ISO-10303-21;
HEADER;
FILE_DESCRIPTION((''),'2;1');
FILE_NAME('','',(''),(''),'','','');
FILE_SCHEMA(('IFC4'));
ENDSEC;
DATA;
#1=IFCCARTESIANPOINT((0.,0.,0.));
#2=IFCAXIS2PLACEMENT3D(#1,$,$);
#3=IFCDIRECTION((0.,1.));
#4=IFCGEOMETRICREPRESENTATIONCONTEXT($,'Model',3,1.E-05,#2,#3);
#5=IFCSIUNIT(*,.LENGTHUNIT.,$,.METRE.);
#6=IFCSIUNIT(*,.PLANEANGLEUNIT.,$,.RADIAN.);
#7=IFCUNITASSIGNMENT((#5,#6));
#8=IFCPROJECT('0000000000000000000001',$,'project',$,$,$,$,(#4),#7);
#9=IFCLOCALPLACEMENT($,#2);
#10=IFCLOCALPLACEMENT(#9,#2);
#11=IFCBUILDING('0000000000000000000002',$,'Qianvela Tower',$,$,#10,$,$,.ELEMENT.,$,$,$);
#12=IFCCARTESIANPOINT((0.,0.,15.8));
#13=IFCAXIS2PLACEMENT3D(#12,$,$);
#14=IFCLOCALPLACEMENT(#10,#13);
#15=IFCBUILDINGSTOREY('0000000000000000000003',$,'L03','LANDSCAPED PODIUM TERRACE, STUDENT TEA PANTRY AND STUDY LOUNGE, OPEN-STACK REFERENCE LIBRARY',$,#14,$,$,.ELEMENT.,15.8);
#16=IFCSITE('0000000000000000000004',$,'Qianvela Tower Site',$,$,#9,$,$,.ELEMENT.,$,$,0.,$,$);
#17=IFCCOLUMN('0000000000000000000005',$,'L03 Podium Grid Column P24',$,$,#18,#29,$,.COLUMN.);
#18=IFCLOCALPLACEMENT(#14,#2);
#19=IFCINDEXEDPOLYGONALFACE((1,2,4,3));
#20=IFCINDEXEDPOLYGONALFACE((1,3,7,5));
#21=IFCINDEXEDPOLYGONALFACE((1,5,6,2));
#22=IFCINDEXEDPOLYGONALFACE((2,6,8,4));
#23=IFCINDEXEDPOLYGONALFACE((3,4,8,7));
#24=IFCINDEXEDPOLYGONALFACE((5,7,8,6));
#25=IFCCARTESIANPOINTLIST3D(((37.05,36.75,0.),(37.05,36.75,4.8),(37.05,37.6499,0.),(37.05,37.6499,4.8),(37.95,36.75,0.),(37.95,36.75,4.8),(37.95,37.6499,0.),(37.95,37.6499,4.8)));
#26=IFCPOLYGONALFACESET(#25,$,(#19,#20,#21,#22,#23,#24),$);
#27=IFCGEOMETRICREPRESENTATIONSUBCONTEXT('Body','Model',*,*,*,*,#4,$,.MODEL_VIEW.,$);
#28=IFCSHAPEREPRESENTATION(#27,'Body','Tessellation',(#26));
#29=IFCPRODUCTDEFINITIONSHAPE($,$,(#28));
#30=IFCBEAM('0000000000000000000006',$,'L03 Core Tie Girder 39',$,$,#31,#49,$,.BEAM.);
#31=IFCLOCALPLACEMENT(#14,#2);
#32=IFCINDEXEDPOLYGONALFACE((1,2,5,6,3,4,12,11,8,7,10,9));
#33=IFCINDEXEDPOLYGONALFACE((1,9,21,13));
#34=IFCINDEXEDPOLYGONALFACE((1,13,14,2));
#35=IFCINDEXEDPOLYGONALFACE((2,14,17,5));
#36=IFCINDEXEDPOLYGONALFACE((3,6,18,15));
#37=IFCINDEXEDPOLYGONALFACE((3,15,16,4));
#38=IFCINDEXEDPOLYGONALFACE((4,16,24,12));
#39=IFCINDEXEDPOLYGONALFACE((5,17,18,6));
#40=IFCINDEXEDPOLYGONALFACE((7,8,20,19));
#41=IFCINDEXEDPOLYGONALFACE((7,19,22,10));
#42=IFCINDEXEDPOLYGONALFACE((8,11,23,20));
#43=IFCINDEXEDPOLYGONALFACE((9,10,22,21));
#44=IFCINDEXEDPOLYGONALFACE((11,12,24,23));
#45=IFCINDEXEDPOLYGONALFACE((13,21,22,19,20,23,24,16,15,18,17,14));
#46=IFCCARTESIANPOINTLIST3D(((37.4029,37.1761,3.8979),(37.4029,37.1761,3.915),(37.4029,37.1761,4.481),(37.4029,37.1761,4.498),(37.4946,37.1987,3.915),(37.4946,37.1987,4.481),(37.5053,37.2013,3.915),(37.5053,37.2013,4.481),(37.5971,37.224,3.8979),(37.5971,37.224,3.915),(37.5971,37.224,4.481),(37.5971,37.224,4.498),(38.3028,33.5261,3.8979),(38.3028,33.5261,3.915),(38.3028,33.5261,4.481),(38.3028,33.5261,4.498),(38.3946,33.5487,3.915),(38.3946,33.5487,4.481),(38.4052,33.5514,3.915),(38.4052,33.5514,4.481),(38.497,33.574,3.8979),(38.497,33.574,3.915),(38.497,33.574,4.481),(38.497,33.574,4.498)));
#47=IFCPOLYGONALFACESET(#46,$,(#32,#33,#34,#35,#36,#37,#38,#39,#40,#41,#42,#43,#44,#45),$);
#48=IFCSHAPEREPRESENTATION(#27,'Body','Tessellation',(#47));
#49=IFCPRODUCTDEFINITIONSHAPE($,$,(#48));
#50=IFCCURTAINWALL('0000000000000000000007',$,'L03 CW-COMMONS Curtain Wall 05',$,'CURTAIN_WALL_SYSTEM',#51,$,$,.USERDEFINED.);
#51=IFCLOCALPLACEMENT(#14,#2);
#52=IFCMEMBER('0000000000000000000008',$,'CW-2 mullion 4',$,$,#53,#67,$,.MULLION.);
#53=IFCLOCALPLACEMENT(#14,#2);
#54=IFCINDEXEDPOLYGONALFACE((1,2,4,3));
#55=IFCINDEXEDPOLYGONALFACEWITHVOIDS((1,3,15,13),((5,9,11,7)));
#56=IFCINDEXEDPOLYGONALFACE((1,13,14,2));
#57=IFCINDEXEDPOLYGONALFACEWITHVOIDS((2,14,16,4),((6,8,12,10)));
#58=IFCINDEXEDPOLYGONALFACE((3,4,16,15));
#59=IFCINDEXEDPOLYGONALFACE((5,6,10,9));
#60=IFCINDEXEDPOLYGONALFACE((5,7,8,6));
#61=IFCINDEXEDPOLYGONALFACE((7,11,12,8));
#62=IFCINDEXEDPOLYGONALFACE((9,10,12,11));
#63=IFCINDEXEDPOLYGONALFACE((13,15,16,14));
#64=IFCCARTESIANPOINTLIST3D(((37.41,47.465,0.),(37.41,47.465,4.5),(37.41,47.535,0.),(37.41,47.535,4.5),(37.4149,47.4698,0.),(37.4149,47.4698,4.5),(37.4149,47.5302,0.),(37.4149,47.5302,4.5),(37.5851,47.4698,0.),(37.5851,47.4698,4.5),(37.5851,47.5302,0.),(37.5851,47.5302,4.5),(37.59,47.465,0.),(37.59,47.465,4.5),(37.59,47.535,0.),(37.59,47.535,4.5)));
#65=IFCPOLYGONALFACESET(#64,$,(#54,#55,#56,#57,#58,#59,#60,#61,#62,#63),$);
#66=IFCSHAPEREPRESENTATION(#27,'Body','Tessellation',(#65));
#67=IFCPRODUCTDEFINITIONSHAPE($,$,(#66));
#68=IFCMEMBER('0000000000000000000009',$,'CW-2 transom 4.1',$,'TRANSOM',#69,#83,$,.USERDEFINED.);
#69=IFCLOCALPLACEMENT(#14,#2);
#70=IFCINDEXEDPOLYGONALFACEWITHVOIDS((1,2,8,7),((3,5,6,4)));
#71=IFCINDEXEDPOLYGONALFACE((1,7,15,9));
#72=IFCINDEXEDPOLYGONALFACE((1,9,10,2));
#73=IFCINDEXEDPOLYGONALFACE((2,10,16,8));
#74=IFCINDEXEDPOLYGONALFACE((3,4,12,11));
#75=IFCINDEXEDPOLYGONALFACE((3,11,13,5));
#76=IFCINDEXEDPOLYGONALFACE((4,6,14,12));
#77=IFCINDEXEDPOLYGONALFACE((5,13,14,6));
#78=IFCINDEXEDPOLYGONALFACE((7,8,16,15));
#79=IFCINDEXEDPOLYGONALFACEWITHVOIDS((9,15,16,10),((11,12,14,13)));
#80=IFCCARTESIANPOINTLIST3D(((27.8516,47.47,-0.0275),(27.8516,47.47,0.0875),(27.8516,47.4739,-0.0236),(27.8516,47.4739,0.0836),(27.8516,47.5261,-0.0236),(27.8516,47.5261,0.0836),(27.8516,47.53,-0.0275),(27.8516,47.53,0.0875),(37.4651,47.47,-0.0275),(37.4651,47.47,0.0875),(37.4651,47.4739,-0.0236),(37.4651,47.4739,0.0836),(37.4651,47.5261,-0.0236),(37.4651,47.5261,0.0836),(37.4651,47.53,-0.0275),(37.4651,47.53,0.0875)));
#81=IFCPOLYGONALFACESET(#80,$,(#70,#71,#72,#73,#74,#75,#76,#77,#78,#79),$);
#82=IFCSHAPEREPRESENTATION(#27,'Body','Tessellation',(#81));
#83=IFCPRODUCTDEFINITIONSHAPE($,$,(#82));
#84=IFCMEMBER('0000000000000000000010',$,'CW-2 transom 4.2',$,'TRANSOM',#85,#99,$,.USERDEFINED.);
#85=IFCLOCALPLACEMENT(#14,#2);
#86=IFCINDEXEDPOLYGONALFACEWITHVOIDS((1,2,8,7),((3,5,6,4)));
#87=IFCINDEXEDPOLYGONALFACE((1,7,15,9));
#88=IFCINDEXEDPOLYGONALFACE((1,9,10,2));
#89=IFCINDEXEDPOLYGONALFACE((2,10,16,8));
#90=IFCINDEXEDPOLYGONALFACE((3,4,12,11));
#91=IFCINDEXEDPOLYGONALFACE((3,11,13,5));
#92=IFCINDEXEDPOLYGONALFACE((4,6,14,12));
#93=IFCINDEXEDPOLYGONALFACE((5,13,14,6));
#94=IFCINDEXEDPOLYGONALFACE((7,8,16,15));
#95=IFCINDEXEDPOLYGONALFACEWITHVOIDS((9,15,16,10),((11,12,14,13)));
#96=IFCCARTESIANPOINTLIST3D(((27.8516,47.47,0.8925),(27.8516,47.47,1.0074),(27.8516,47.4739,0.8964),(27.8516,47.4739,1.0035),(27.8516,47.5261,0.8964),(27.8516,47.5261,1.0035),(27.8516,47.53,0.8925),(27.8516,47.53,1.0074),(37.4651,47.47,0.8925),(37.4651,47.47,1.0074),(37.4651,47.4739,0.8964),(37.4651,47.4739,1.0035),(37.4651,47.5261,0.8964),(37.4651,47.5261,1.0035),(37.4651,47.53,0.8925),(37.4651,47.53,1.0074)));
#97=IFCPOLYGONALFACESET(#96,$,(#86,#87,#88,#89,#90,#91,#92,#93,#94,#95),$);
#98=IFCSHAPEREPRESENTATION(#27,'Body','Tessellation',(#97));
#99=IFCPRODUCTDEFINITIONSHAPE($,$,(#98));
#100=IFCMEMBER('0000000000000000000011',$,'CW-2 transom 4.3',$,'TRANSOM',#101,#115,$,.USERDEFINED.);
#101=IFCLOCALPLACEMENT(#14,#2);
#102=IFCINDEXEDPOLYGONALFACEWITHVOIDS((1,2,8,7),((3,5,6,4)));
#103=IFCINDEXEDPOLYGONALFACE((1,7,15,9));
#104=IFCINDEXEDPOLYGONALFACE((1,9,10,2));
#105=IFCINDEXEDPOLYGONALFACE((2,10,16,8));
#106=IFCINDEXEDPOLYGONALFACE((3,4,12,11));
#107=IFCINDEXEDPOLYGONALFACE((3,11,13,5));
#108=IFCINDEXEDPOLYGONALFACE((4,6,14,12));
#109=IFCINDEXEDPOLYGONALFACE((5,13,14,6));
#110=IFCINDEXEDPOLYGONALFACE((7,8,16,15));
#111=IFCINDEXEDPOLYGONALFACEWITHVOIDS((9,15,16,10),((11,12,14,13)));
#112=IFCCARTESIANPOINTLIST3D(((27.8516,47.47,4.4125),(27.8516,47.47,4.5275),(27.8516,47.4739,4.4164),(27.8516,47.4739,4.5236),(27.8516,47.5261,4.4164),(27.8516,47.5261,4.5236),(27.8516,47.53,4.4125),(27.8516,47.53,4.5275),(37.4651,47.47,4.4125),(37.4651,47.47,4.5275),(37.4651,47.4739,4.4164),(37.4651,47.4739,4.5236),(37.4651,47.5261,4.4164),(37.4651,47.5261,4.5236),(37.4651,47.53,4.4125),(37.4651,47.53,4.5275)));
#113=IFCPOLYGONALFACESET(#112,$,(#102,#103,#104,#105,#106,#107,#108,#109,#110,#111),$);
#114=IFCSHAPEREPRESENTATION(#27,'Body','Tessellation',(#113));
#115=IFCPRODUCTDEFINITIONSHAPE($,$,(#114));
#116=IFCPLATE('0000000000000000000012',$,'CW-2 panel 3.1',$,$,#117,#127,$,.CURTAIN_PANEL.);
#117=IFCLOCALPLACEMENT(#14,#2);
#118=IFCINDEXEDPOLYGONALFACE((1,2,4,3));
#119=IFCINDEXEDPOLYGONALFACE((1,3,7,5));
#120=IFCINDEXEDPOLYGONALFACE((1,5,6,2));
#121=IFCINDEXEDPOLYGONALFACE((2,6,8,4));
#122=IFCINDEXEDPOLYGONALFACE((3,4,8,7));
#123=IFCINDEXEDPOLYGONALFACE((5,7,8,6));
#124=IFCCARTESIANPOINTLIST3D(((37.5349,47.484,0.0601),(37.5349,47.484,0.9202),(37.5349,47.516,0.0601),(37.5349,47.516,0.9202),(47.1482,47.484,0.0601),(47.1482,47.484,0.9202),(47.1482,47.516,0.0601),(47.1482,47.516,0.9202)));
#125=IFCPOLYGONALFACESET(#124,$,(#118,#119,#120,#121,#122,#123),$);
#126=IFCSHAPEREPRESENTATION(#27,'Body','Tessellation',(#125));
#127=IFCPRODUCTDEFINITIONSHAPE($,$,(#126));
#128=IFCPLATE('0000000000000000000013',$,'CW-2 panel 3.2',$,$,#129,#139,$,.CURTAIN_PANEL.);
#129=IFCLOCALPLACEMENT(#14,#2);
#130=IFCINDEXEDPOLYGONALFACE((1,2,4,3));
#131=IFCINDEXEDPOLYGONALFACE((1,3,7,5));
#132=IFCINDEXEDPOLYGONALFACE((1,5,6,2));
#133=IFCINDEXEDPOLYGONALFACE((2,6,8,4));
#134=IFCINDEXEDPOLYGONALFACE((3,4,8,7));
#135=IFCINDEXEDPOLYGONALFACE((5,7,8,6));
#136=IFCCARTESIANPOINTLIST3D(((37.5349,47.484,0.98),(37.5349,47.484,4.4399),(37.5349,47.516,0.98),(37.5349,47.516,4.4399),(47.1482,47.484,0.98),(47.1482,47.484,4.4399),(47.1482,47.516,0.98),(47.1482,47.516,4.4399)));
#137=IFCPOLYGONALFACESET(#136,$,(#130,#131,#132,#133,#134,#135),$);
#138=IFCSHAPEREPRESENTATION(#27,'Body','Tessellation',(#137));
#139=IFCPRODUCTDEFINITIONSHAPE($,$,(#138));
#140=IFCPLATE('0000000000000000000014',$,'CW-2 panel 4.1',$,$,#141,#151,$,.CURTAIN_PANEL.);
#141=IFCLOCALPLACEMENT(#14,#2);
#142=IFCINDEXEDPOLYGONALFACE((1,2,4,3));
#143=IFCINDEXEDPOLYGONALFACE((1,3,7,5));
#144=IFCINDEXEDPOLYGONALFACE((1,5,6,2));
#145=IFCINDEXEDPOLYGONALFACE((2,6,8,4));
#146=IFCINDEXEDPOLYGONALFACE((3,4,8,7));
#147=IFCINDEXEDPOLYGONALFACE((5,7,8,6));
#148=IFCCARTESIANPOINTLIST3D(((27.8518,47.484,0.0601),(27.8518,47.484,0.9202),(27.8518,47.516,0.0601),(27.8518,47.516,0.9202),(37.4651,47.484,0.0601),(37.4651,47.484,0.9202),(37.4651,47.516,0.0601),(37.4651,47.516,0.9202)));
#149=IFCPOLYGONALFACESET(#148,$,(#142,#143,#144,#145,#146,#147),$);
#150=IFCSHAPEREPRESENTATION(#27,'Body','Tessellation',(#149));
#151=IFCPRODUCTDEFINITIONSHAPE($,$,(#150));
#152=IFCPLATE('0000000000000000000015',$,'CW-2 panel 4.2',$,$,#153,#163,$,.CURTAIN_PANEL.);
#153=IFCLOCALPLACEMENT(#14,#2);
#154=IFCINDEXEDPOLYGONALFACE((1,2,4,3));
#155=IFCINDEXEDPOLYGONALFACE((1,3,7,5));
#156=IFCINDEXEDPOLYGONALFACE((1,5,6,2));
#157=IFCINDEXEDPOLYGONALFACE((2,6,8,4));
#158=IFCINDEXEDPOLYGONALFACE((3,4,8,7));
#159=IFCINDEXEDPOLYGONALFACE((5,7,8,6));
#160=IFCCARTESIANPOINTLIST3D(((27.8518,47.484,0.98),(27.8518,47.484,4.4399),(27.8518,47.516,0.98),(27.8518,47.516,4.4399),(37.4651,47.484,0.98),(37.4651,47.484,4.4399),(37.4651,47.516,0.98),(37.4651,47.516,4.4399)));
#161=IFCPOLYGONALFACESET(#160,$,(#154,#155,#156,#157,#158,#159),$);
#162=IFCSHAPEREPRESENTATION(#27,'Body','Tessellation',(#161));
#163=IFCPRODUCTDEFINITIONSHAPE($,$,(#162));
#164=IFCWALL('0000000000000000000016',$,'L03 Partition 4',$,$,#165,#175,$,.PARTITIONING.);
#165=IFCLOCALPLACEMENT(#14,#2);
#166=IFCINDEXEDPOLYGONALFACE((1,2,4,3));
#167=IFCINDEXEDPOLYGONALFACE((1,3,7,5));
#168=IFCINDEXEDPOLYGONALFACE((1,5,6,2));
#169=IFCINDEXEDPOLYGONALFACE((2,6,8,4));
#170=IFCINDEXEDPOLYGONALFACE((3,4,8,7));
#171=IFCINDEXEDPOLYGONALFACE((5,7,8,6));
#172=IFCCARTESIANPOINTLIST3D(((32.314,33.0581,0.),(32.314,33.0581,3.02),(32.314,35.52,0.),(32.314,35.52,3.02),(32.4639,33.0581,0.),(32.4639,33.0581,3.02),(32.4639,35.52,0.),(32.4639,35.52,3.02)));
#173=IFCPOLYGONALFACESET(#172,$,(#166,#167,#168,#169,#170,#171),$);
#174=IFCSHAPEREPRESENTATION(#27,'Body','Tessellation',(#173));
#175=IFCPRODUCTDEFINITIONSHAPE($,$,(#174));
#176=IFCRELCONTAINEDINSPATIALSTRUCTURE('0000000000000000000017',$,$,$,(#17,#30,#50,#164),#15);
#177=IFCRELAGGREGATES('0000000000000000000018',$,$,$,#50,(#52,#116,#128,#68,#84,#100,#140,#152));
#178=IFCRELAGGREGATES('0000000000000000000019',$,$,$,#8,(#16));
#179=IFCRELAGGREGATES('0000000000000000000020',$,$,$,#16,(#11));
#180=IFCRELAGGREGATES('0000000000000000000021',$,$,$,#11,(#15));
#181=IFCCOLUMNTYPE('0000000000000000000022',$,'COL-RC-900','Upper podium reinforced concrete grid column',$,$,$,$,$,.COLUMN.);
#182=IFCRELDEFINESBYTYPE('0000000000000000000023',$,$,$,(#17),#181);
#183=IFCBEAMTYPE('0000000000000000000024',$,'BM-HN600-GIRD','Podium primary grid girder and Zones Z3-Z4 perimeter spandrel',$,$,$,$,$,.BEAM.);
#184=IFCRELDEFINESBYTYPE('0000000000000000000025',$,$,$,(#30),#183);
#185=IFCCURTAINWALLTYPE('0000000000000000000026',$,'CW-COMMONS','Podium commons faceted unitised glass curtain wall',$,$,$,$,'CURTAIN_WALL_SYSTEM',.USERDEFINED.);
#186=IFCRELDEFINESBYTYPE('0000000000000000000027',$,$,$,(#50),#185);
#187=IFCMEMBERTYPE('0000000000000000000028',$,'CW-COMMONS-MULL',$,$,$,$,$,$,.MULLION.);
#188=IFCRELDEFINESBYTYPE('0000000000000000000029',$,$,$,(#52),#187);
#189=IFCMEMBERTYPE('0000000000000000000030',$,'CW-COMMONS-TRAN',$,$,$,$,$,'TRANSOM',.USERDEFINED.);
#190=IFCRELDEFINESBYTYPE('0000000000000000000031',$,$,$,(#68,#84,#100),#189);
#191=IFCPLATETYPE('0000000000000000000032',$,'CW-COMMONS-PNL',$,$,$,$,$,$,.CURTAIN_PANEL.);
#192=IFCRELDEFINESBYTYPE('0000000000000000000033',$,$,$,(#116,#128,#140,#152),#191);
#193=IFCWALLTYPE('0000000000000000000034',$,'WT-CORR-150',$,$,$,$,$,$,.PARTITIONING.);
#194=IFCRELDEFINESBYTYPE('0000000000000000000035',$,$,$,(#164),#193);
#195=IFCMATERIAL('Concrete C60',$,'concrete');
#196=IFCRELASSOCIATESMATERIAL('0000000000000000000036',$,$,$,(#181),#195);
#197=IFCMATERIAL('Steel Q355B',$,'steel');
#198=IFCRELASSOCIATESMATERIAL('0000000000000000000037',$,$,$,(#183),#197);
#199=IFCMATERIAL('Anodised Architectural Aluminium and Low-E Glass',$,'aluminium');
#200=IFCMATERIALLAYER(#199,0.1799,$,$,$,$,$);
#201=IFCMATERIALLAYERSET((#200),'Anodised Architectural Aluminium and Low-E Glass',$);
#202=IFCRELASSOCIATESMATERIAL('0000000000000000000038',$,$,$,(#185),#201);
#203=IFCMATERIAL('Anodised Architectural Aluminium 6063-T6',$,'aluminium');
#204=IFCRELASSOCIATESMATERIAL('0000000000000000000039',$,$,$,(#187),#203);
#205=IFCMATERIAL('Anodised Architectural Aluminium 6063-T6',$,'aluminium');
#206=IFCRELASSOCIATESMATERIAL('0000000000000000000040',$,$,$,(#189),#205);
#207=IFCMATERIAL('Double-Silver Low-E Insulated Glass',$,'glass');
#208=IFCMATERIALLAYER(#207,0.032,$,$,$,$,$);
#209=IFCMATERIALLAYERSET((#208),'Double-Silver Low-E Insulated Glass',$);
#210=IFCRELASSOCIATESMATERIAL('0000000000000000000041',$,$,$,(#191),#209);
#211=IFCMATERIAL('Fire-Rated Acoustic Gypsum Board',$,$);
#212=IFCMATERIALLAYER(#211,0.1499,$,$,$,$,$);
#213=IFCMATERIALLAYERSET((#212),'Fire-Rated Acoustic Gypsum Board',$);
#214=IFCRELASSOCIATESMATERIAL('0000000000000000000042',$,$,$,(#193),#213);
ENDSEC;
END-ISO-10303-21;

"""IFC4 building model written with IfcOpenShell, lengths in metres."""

from ifc_helpers import new_model, si_unit, direction, frame, frame_2d, origin, origin_2d, place, context, subcontext, project, spatial, rectangle, hollow_rectangle, i_section, extrude, material, layer, layer_set, material_profile, profile_set, type_object, element, aggregate, save


model = new_model("IFC4")

# Units and contexts
model_context = context("Model", 3, precision=1e-05, world=origin(), true_north=direction((0.0, 1.0)))
body_context = subcontext(model_context, "Body", "Model", "MODEL_VIEW")
ifc_project = project(units=[si_unit("LENGTHUNIT", "METRE"), si_unit("PLANEANGLEUNIT", "RADIAN")], contexts=[model_context])

# Site, building, storey
site_placement = place(None, origin())
site = spatial("IfcSite", under=ifc_project, at=site_placement, Name="Qianvela Tower Site", CompositionType="ELEMENT", RefElevation=0.0)
building_placement = place(site_placement, origin())
building = spatial("IfcBuilding", under=site, at=building_placement, Name="Qianvela Tower", CompositionType="ELEMENT")
storey_placement = place(building_placement, frame((0.0, 0.0, 15.8)))
storey = spatial("IfcBuildingStorey", under=building, at=storey_placement, Name="L03", Description="LANDSCAPED PODIUM TERRACE, STUDENT TEA PANTRY AND STUDY LOUNGE, OPEN-STACK REFERENCE LIBRARY", CompositionType="ELEMENT", Elevation=15.8)

# Column
ifc_material_1 = material(Name="Concrete C60", Category="concrete")
ifc_material_profile_1 = material_profile(ifc_material_1, rectangle(XDim=0.8999, YDim=0.8999, at=origin_2d()), Name="RC-COL-900x900")
ifc_profile_set_1 = profile_set([ifc_material_profile_1], Name="Concrete C60")
column_type_1 = type_object("IfcColumnType", Name="COL-RC-900", Description="Upper podium reinforced concrete grid column", PredefinedType="COLUMN", material=ifc_profile_set_1)
for number, where, z_axis, x_axis, name in (
    (1, (37.5, 37.2, 0.0), (0.0, 0.0, 1.0), (1.0, 0.0, 0.0), "L03 Podium Grid Column P24"),
):
    element("IfcColumn", number, at=place(storey_placement, frame(where, z_axis=z_axis, x_axis=x_axis)), inside=storey, type_object=column_type_1, Name=name, PredefinedType="COLUMN", context=body_context, shape_type="SweptSolid", body=[
        extrude(rectangle(XDim=0.8999, YDim=0.8999, at=origin_2d()), origin(), (0.0, 0.0, 1.0), 4.8),
    ])

# Beam
ifc_material_2 = material(Name="Steel Q355B", Category="steel")
ifc_material_profile_2 = material_profile(ifc_material_2, i_section(OverallWidth=0.2, OverallDepth=0.6001, WebThickness=0.011, FlangeThickness=0.0171, at=origin_2d()), Name="HN600x200x11x17")
ifc_profile_set_2 = profile_set([ifc_material_profile_2], Name="Steel Q355B")
beam_type = type_object("IfcBeamType", Name="BM-HN600-GIRD", Description="Podium primary grid girder and Zones Z3-Z4 perimeter spandrel", PredefinedType="BEAM", material=ifc_profile_set_2)
beam_placement = place(storey_placement, frame((38.3999, 33.55, 4.198), z_axis=(-0.239386, 0.970924, 0.0), x_axis=(-0.970924, -0.239386, 0.0)))
element("IfcBeam", 2, at=beam_placement, inside=storey, type_object=beam_type, Name="L03 Core Tie Girder 39", PredefinedType="BEAM", context=body_context, shape_type="SweptSolid", body=[
    extrude(i_section(OverallWidth=0.2, OverallDepth=0.6001, WebThickness=0.011, FlangeThickness=0.0171, at=origin_2d()), origin(), (0.0, 0.0, 1.0), 3.7593),
])

# Curtain wall, members, plates
ifc_material_3 = material(Name="Anodised Architectural Aluminium and Low-E Glass", Category="aluminium")
ifc_layer_1 = layer(ifc_material_3, 0.1799)
ifc_layer_set_1 = layer_set([ifc_layer_1], Name="Anodised Architectural Aluminium and Low-E Glass")
curtain_wall_type = type_object("IfcCurtainWallType", Name="CW-COMMONS", Description="Podium commons faceted unitised glass curtain wall", ElementType="CURTAIN_WALL_SYSTEM", PredefinedType="USERDEFINED", material=ifc_layer_set_1)
curtain_wall_placement = place(storey_placement, origin())
curtain_wall = element("IfcCurtainWall", 3, at=curtain_wall_placement, inside=storey, type_object=curtain_wall_type, Name="L03 CW-COMMONS Curtain Wall 05", ObjectType="CURTAIN_WALL_SYSTEM", PredefinedType="USERDEFINED")
ifc_material_4 = material(Name="Anodised Architectural Aluminium 6063-T6", Category="aluminium")
ifc_material_profile_3 = material_profile(ifc_material_4, hollow_rectangle(XDim=0.0701, YDim=0.1799, WallThickness=0.0049, at=origin_2d()), Name="ALU-MULL-70x180")
ifc_profile_set_3 = profile_set([ifc_material_profile_3], Name="Anodised Architectural Aluminium 6063-T6")
member_type_1 = type_object("IfcMemberType", Name="CW-COMMONS-MULL", PredefinedType="MULLION", material=ifc_profile_set_3)
member_1_placement = place(storey_placement, frame((37.5, 47.5, 0.0), z_axis=(0.0, 0.0, 1.0), x_axis=(0.0, -1.0, 0.0)))
member_1 = element("IfcMember", 4, at=member_1_placement, type_object=member_type_1, Name="CW-2 mullion 4", PredefinedType="MULLION", context=body_context, shape_type="SweptSolid", body=[
    extrude(hollow_rectangle(XDim=0.0701, YDim=0.1799, WallThickness=0.0049, at=origin_2d()), origin(), (0.0, 0.0, 1.0), 4.5),
])
ifc_material_5 = material(Name="Anodised Architectural Aluminium 6063-T6", Category="aluminium")
ifc_material_profile_4 = material_profile(ifc_material_5, hollow_rectangle(XDim=0.0601, YDim=0.115, WallThickness=0.0039, at=origin_2d()), Name="ALU-TRAN-60x115")
ifc_profile_set_4 = profile_set([ifc_material_profile_4], Name="Anodised Architectural Aluminium 6063-T6")
member_type_2 = type_object("IfcMemberType", Name="CW-COMMONS-TRAN", ElementType="TRANSOM", PredefinedType="USERDEFINED", material=ifc_profile_set_4)
member_2_placement = place(storey_placement, frame((37.4651, 47.5, 0.03), z_axis=(-1.0, 0.0, 0.0), x_axis=(0.0, -1.0, 0.0)))
member_2 = element("IfcMember", 5, at=member_2_placement, type_object=member_type_2, Name="CW-2 transom 4.1", ObjectType="TRANSOM", PredefinedType="USERDEFINED", context=body_context, shape_type="SweptSolid", body=[
    extrude(hollow_rectangle(XDim=0.0601, YDim=0.115, WallThickness=0.0039, at=origin_2d()), origin(), (0.0, 0.0, 1.0), 9.6135),
])
member_3_placement = place(storey_placement, frame((37.4651, 47.5, 0.95), z_axis=(-1.0, 0.0, 0.0), x_axis=(0.0, -1.0, 0.0)))
member_3 = element("IfcMember", 6, at=member_3_placement, type_object=member_type_2, Name="CW-2 transom 4.2", ObjectType="TRANSOM", PredefinedType="USERDEFINED", context=body_context, shape_type="SweptSolid", body=[
    extrude(hollow_rectangle(XDim=0.0601, YDim=0.115, WallThickness=0.0039, at=origin_2d()), origin(), (0.0, 0.0, 1.0), 9.6135),
])
member_4_placement = place(storey_placement, frame((37.4651, 47.5, 4.47), z_axis=(-1.0, 0.0, 0.0), x_axis=(0.0, -1.0, 0.0)))
member_4 = element("IfcMember", 7, at=member_4_placement, type_object=member_type_2, Name="CW-2 transom 4.3", ObjectType="TRANSOM", PredefinedType="USERDEFINED", context=body_context, shape_type="SweptSolid", body=[
    extrude(hollow_rectangle(XDim=0.0601, YDim=0.115, WallThickness=0.0039, at=origin_2d()), origin(), (0.0, 0.0, 1.0), 9.6135),
])
ifc_material_6 = material(Name="Double-Silver Low-E Insulated Glass", Category="glass")
ifc_layer_2 = layer(ifc_material_6, 0.032)
ifc_layer_set_2 = layer_set([ifc_layer_2], Name="Double-Silver Low-E Insulated Glass")
plate_type = type_object("IfcPlateType", Name="CW-COMMONS-PNL", PredefinedType="CURTAIN_PANEL", material=ifc_layer_set_2)
plate_1_placement = place(storey_placement, frame((42.3416, 47.5, 0.0601), z_axis=(0.0, 0.0, 1.0), x_axis=(-1.0, 0.0, 0.0)))
plate_1 = element("IfcPlate", 8, at=plate_1_placement, type_object=plate_type, Name="CW-2 panel 3.1", PredefinedType="CURTAIN_PANEL", context=body_context, shape_type="SweptSolid", body=[
    extrude(rectangle(XDim=9.6133, YDim=0.032, at=origin_2d()), origin(), (0.0, 0.0, 1.0), 0.8601),
])
plate_2_placement = place(storey_placement, frame((42.3416, 47.5, 0.98), z_axis=(0.0, 0.0, 1.0), x_axis=(-1.0, 0.0, 0.0)))
plate_2 = element("IfcPlate", 9, at=plate_2_placement, type_object=plate_type, Name="CW-2 panel 3.2", PredefinedType="CURTAIN_PANEL", context=body_context, shape_type="SweptSolid", body=[
    extrude(rectangle(XDim=9.6133, YDim=0.032, at=origin_2d()), origin(), (0.0, 0.0, 1.0), 3.46),
])
plate_3_placement = place(storey_placement, frame((32.6584, 47.5, 0.0601), z_axis=(0.0, 0.0, 1.0), x_axis=(-1.0, 0.0, 0.0)))
plate_3 = element("IfcPlate", 10, at=plate_3_placement, type_object=plate_type, Name="CW-2 panel 4.1", PredefinedType="CURTAIN_PANEL", context=body_context, shape_type="SweptSolid", body=[
    extrude(rectangle(XDim=9.6133, YDim=0.032, at=origin_2d()), origin(), (0.0, 0.0, 1.0), 0.8601),
])
plate_4_placement = place(storey_placement, frame((32.6584, 47.5, 0.98), z_axis=(0.0, 0.0, 1.0), x_axis=(-1.0, 0.0, 0.0)))
plate_4 = element("IfcPlate", 11, at=plate_4_placement, type_object=plate_type, Name="CW-2 panel 4.2", PredefinedType="CURTAIN_PANEL", context=body_context, shape_type="SweptSolid", body=[
    extrude(rectangle(XDim=9.6133, YDim=0.032, at=origin_2d()), origin(), (0.0, 0.0, 1.0), 3.46),
])
aggregate(curtain_wall, [member_1, plate_1, plate_2, member_2, member_3, member_4, plate_3, plate_4])

# Wall
ifc_material_7 = material(Name="Fire-Rated Acoustic Gypsum Board")
ifc_layer_3 = layer(ifc_material_7, 0.1499)
ifc_layer_set_3 = layer_set([ifc_layer_3], Name="Fire-Rated Acoustic Gypsum Board")
wall_type_1 = type_object("IfcWallType", Name="WT-CORR-150", PredefinedType="PARTITIONING", material=ifc_layer_set_3)
wall_1_placement = place(storey_placement, frame((32.3889, 35.52, 0.0), z_axis=(0.0, 0.0, 1.0), x_axis=(0.0, -1.0, 0.0)))
element("IfcWall", 12, at=wall_1_placement, inside=storey, type_object=wall_type_1, Name="L03 Partition 4", PredefinedType="PARTITIONING", context=body_context, shape_type="SweptSolid", body=[
    extrude(rectangle(XDim=2.4619, YDim=0.1499, at=frame_2d((1.231, 0.0))), origin(), (0.0, 0.0, 1.0), 3.02),
])

save(model, "model.ifc")
